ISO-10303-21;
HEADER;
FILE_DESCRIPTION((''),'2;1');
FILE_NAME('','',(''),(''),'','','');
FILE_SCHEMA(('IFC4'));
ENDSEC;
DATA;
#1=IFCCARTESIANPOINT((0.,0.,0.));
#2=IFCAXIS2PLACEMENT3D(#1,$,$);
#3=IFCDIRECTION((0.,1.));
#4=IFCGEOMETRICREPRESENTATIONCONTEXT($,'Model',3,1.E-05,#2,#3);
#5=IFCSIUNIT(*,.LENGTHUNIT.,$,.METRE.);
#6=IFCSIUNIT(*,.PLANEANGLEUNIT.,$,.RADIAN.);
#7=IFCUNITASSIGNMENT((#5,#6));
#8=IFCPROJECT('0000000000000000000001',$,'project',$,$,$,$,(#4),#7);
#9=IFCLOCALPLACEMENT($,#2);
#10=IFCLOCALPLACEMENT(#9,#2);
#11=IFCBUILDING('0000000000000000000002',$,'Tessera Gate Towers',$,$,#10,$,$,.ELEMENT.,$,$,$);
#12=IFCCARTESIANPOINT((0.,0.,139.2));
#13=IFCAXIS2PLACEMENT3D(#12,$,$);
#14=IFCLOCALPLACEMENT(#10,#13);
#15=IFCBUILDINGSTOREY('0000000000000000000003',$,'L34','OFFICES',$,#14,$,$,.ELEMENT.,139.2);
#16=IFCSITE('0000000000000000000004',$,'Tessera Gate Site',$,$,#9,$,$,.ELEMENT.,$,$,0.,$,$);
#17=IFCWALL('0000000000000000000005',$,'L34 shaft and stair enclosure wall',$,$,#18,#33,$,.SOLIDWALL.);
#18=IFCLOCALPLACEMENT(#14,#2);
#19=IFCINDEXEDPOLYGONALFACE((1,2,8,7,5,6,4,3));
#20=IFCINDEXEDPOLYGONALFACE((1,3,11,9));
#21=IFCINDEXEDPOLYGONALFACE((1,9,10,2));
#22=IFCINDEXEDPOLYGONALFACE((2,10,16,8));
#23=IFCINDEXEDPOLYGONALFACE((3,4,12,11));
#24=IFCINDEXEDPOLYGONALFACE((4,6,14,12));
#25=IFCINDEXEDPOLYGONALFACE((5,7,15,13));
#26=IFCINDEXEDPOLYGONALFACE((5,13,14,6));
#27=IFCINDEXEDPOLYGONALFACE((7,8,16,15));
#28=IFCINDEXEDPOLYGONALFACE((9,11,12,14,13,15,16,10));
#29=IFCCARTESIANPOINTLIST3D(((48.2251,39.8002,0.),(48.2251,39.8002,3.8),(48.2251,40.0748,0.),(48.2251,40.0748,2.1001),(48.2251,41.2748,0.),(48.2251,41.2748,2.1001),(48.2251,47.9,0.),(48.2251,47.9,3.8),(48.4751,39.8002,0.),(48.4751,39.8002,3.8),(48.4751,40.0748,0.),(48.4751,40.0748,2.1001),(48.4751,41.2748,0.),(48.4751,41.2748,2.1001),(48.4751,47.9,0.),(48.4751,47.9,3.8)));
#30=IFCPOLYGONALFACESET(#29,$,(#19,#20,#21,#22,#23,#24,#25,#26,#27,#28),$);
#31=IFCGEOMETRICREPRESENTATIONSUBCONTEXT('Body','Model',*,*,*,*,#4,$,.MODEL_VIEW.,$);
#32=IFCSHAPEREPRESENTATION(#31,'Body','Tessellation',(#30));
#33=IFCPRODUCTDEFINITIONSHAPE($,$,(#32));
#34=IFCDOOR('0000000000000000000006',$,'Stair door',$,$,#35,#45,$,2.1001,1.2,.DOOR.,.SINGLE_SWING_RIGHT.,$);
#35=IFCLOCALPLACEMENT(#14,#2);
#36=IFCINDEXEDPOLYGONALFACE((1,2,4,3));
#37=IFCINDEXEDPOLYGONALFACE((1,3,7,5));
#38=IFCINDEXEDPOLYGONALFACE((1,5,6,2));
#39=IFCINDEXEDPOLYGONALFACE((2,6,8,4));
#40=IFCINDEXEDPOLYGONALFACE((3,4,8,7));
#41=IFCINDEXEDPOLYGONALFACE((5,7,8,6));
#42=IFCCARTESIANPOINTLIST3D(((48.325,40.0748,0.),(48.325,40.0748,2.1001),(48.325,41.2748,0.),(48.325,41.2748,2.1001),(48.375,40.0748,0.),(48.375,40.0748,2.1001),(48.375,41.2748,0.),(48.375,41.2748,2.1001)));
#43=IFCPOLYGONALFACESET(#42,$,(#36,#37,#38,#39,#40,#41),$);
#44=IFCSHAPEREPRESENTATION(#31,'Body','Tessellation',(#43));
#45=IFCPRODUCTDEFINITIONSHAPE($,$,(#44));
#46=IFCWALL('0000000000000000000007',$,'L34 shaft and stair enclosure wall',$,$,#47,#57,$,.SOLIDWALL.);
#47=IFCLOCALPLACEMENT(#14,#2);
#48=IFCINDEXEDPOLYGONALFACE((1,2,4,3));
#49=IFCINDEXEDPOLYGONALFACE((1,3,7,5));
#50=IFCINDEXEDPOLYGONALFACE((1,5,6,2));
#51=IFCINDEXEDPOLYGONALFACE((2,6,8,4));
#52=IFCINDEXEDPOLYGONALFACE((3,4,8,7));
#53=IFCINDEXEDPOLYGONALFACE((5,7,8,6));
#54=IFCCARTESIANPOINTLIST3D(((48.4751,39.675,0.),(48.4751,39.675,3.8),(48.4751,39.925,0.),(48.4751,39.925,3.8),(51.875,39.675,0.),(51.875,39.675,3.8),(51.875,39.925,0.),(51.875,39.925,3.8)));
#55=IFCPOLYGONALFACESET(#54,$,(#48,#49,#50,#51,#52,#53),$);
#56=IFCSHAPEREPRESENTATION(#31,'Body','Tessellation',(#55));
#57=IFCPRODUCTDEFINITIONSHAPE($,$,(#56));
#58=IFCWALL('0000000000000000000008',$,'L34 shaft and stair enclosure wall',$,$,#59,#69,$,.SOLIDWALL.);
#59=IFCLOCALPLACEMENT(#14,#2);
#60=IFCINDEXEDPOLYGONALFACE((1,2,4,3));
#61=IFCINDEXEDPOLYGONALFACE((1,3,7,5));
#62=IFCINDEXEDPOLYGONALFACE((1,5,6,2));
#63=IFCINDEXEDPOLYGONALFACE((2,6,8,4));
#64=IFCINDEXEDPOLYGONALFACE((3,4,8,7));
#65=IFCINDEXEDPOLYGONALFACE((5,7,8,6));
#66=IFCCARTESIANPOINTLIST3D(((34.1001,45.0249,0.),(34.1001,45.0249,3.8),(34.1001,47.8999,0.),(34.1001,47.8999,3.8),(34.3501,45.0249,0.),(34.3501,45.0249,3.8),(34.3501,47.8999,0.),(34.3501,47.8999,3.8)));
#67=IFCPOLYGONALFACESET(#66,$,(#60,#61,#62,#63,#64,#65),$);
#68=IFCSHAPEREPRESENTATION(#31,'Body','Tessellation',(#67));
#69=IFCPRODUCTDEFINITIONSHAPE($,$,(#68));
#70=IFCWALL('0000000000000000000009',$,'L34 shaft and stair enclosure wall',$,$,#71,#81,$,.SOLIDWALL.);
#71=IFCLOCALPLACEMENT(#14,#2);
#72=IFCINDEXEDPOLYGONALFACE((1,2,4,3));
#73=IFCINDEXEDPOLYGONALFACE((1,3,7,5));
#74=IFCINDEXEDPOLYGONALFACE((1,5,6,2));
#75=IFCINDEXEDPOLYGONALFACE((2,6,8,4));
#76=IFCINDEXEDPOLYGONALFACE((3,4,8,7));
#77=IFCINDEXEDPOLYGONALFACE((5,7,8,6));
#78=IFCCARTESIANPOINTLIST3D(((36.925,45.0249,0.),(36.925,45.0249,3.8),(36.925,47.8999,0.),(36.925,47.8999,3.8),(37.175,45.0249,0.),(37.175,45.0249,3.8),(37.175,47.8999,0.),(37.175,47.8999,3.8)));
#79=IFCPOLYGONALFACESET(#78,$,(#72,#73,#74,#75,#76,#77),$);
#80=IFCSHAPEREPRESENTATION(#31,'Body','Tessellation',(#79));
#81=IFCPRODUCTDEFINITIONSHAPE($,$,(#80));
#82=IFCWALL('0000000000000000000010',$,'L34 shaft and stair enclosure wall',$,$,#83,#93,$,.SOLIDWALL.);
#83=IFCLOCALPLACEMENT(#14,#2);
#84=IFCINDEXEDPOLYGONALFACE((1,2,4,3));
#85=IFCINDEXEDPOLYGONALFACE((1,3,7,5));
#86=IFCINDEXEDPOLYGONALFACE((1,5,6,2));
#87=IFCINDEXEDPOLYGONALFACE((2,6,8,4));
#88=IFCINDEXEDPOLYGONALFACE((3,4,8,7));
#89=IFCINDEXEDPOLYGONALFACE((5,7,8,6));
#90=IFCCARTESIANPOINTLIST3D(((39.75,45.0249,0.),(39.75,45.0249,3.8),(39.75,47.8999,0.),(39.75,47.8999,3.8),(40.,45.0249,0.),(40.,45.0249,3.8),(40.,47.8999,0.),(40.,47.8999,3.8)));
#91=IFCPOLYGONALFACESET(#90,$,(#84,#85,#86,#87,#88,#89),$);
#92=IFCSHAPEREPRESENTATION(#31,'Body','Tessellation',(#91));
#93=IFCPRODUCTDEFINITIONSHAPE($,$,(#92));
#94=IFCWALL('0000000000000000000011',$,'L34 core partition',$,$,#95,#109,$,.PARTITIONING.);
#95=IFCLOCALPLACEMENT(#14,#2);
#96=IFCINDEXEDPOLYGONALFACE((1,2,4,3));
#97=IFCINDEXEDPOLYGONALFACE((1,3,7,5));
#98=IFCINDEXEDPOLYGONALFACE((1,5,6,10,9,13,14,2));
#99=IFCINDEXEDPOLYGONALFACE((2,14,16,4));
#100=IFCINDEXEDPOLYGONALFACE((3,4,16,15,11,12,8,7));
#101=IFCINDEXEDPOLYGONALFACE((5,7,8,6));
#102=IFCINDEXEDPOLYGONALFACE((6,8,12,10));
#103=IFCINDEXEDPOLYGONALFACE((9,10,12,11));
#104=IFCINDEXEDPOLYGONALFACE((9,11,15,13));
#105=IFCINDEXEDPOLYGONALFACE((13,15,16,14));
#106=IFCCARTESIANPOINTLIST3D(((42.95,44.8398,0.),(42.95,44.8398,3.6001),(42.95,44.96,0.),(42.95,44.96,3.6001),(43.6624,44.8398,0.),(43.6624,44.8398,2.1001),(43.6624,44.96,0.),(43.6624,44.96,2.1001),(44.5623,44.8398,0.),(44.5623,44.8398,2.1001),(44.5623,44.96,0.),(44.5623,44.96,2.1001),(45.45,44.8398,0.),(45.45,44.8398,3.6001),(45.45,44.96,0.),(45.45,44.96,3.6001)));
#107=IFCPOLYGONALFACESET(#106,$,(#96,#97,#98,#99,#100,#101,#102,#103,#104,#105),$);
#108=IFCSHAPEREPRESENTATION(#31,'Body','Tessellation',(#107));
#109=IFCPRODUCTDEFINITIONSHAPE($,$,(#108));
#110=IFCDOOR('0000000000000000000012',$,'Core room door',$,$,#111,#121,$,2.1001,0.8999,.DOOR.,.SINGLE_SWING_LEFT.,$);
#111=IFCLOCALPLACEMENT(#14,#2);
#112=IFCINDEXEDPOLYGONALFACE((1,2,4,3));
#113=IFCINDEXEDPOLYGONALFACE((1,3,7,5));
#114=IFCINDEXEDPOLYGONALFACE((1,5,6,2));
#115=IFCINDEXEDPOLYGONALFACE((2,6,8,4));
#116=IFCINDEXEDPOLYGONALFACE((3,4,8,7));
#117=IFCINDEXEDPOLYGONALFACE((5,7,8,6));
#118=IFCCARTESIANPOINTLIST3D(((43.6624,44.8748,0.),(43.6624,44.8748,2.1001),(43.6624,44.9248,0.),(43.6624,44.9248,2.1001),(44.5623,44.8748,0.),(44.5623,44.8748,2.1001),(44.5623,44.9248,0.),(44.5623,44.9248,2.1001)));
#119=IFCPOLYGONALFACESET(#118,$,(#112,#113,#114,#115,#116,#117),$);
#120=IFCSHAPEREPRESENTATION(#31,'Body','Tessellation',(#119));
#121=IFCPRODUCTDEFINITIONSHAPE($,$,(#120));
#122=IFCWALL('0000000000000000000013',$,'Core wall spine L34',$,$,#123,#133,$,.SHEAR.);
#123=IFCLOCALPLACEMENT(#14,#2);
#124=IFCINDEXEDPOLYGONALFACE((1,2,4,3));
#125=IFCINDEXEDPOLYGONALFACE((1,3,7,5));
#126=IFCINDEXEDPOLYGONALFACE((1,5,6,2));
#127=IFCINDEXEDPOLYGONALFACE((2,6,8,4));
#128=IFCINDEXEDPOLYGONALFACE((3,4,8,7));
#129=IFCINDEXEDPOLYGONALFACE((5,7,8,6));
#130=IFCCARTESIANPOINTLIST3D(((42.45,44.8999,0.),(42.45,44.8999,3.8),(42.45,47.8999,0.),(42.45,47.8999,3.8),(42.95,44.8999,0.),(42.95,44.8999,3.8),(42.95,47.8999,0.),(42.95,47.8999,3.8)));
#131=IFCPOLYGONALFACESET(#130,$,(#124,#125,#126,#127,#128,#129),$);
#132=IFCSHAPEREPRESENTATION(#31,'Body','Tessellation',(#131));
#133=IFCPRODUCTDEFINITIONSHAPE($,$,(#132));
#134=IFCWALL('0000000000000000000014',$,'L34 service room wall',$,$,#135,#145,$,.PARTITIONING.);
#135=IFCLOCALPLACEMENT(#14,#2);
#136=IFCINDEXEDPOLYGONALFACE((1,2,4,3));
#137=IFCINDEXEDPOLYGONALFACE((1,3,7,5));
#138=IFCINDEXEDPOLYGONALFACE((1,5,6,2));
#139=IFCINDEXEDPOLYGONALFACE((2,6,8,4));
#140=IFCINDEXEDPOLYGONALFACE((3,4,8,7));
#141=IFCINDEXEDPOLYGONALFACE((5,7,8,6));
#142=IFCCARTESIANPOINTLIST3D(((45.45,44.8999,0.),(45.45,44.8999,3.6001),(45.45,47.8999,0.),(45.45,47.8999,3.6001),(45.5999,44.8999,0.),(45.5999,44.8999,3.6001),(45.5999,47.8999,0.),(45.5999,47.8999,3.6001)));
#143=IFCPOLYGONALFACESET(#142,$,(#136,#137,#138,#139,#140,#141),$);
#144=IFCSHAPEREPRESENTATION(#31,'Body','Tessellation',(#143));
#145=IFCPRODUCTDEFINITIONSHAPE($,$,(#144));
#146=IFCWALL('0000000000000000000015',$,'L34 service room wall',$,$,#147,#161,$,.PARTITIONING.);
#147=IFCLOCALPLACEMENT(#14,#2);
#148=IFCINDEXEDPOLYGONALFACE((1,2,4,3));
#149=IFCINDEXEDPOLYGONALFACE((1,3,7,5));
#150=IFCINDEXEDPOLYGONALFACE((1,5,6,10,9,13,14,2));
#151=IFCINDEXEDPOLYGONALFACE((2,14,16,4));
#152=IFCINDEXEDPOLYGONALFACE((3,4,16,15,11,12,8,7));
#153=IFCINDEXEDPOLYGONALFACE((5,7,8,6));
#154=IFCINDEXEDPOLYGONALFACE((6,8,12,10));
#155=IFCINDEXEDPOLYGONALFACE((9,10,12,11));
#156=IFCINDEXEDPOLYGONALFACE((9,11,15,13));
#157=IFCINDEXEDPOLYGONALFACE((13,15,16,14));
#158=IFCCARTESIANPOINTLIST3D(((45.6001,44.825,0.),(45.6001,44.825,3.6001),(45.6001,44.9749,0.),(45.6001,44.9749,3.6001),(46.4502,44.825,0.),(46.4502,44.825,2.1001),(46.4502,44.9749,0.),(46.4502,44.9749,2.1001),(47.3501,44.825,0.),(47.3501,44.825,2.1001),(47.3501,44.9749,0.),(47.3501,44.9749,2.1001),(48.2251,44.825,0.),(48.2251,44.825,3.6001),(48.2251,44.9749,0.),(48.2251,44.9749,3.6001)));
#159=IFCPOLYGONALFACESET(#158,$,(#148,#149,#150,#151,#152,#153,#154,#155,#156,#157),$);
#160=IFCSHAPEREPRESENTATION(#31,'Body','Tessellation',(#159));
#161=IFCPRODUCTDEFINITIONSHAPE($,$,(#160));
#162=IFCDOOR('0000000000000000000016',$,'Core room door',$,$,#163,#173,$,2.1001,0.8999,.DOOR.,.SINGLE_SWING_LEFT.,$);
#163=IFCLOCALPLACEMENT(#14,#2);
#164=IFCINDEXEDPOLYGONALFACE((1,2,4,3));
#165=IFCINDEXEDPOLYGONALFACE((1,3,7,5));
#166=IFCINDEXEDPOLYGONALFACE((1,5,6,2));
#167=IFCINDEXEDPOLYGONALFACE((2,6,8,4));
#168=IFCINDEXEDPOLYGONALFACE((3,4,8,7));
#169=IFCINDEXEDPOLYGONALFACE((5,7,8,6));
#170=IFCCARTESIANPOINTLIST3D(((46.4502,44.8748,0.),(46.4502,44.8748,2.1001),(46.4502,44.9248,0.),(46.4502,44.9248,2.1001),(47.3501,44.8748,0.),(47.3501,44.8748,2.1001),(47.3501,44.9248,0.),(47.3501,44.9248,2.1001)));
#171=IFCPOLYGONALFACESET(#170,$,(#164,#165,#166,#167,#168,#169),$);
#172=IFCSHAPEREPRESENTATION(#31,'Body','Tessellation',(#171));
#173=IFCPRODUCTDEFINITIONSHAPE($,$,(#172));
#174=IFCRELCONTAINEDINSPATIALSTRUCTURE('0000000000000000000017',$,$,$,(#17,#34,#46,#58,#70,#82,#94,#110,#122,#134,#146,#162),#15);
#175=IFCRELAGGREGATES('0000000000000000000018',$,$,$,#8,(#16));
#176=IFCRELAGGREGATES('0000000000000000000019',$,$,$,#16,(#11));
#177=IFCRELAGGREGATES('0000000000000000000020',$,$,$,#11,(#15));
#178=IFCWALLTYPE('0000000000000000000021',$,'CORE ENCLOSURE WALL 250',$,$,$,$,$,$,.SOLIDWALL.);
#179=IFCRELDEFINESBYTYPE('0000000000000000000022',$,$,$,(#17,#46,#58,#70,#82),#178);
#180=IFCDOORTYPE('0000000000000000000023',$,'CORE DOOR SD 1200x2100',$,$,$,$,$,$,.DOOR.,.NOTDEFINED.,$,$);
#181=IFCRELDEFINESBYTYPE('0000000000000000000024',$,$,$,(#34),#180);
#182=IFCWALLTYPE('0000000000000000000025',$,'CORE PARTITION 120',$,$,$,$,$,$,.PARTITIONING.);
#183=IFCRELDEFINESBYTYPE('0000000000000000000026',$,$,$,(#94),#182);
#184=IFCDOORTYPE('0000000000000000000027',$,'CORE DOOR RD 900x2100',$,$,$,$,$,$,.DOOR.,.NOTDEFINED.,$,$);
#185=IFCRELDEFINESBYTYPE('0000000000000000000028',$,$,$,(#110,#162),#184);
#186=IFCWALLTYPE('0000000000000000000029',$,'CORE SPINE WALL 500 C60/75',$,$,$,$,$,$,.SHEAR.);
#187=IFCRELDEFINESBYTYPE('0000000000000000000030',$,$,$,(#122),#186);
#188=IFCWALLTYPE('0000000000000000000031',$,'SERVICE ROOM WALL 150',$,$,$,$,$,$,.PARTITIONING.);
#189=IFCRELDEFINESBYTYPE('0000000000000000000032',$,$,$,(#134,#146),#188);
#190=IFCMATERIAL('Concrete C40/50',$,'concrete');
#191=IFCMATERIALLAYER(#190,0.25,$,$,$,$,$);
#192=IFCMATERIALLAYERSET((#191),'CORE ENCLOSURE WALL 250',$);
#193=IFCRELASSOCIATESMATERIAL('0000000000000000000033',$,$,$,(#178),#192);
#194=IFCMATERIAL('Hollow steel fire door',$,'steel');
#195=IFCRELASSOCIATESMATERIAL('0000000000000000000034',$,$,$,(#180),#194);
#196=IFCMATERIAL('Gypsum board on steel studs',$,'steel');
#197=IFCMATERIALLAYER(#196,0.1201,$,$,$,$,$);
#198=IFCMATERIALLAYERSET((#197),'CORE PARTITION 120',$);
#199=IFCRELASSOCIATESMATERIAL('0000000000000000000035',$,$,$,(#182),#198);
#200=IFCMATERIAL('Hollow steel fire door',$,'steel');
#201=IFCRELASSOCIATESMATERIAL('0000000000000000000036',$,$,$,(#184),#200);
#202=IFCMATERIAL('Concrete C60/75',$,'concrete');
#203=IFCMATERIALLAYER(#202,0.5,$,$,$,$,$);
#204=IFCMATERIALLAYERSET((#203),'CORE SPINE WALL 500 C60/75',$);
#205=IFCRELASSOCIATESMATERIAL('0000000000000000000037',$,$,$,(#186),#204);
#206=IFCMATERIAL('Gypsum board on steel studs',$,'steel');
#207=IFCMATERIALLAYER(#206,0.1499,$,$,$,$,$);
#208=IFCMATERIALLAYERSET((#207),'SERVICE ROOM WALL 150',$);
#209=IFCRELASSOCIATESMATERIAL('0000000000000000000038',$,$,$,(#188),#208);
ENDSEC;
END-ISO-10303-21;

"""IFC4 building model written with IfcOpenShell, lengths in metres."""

from ifc_helpers import new_model, si_unit, direction, frame, frame_2d, origin, place, context, subcontext, project, spatial, rectangle, extrude, source, transform, mapped, material, layer, layer_set, type_object, element, fill, save


model = new_model("IFC4")

# Units and contexts
model_context = context("Model", 3, precision=1e-05, world=origin(), true_north=direction((0.0, 1.0)))
body_context = subcontext(model_context, "Body", "Model", "MODEL_VIEW")
ifc_project = project(units=[si_unit("LENGTHUNIT", "METRE"), si_unit("PLANEANGLEUNIT", "RADIAN")], contexts=[model_context])

# Site, building, storey
site_placement = place(None, origin())
site = spatial("IfcSite", under=ifc_project, at=site_placement, Name="Tessera Gate Site", CompositionType="ELEMENT", RefElevation=0.0)
building_placement = place(site_placement, origin())
building = spatial("IfcBuilding", under=site, at=building_placement, Name="Tessera Gate Towers", CompositionType="ELEMENT")
storey_placement = place(building_placement, frame((0.0, 0.0, 139.2)))
storey = spatial("IfcBuildingStorey", under=building, at=storey_placement, Name="L34", Description="OFFICES", CompositionType="ELEMENT", Elevation=139.2)

# Shared definitions
ifc_material_1 = material(Name="Concrete C40/50", Category="concrete")
ifc_layer_1 = layer(ifc_material_1, 0.25)
ifc_layer_set_1 = layer_set([ifc_layer_1], Name="CORE ENCLOSURE WALL 250")
wall_type_1 = type_object("IfcWallType", Name="CORE ENCLOSURE WALL 250", PredefinedType="SOLIDWALL", material=ifc_layer_set_1)

# Wall, opening, door
wall_1_placement = place(storey_placement, frame((48.3501, 47.8999, 0.0), z_axis=(0.0, 0.0, 1.0), x_axis=(0.0, -1.0, 0.0)))
wall_1 = element("IfcWall", 1, at=wall_1_placement, inside=storey, type_object=wall_type_1, Name="L34 shaft and stair enclosure wall", PredefinedType="SOLIDWALL", context=body_context, shape_type="SweptSolid", body=[
    extrude(rectangle(XDim=8.0999, YDim=0.25, at=frame_2d((4.0498, 0.0))), origin(), (0.0, 0.0, 1.0), 3.8),
])
shared_shape_1 = source(origin(), body_context, "Body", "SweptSolid", [
    extrude(rectangle(XDim=1.2, YDim=2.1001, at=frame_2d((0.6001, 1.05))), frame((0.0, 0.135, 0.0), z_axis=(0.0, -1.0, 0.0), x_axis=(1.0, 0.0, 0.0)), (0.0, 0.0, 1.0), 0.27),
])
opening_1_placement = place(wall_1_placement, frame((6.625, 0.0, 0.0)))
opening_1 = element("IfcOpeningElement", 2, at=opening_1_placement, cuts=wall_1, PredefinedType="OPENING", context=body_context, shape_type="MappedRepresentation", body=[
    mapped(shared_shape_1, transform((0.0, 0.0, 0.0), scale=1.0)),
])
ifc_material_2 = material(Name="Hollow steel fire door", Category="steel")
door_type_1 = type_object("IfcDoorType", Name="CORE DOOR SD 1200x2100", OperationType="NOTDEFINED", PredefinedType="DOOR", material=ifc_material_2)
shared_shape_2 = source(origin(), body_context, "Body", "SweptSolid", [
    extrude(rectangle(XDim=1.2, YDim=2.1001, at=frame_2d((0.6001, 1.05))), frame((0.0, 0.0249, 0.0), z_axis=(0.0, -1.0, 0.0), x_axis=(1.0, 0.0, 0.0)), (0.0, 0.0, 1.0), 0.05),
])
door_1_placement = place(opening_1_placement, origin())
door_1 = element("IfcDoor", 3, at=door_1_placement, inside=storey, type_object=door_type_1, Name="Stair door", OperationType="SINGLE_SWING_RIGHT", OverallHeight=2.1001, OverallWidth=1.2, PredefinedType="DOOR", context=body_context, shape_type="MappedRepresentation", body=[
    mapped(shared_shape_2, transform((0.0, 0.0, 0.0), scale=1.0)),
])
fill(opening_1, door_1)

# Walls
wall_2_placement = place(storey_placement, frame((48.4751, 39.8, 0.0), z_axis=(0.0, 0.0, 1.0), x_axis=(1.0, 0.0, 0.0)))
element("IfcWall", 4, at=wall_2_placement, inside=storey, type_object=wall_type_1, Name="L34 shaft and stair enclosure wall", PredefinedType="SOLIDWALL", context=body_context, shape_type="SweptSolid", body=[
    extrude(rectangle(XDim=3.3999, YDim=0.25, at=frame_2d((1.7, 0.0))), origin(), (0.0, 0.0, 1.0), 3.8),
])
for number, where, z_axis, x_axis, name in (
    (5, (34.2251, 45.0249, 0.0), (0.0, 0.0, 1.0), (0.0, 1.0, 0.0), "L34 shaft and stair enclosure wall"),
    (6, (37.05, 45.0249, 0.0), (0.0, 0.0, 1.0), (0.0, 1.0, 0.0), "L34 shaft and stair enclosure wall"),
    (7, (39.875, 45.0249, 0.0), (0.0, 0.0, 1.0), (0.0, 1.0, 0.0), "L34 shaft and stair enclosure wall"),
):
    element("IfcWall", number, at=place(storey_placement, frame(where, z_axis=z_axis, x_axis=x_axis)), inside=storey, type_object=wall_type_1, Name=name, PredefinedType="SOLIDWALL", context=body_context, shape_type="SweptSolid", body=[
        extrude(rectangle(XDim=2.875, YDim=0.25, at=frame_2d((1.4375, 0.0))), origin(), (0.0, 0.0, 1.0), 3.8),
    ])

# Wall, opening, door
ifc_material_3 = material(Name="Gypsum board on steel studs", Category="steel")
ifc_layer_2 = layer(ifc_material_3, 0.1201)
ifc_layer_set_2 = layer_set([ifc_layer_2], Name="CORE PARTITION 120")
wall_type_2 = type_object("IfcWallType", Name="CORE PARTITION 120", PredefinedType="PARTITIONING", material=ifc_layer_set_2)
wall_3_placement = place(storey_placement, frame((42.95, 44.8999, 0.0), z_axis=(0.0, 0.0, 1.0), x_axis=(1.0, 0.0, 0.0)))
wall_3 = element("IfcWall", 8, at=wall_3_placement, inside=storey, type_object=wall_type_2, Name="L34 core partition", PredefinedType="PARTITIONING", context=body_context, shape_type="SweptSolid", body=[
    extrude(rectangle(XDim=2.5, YDim=0.1201, at=frame_2d((1.25, 0.0))), origin(), (0.0, 0.0, 1.0), 3.6001),
])
shared_shape_3 = source(origin(), body_context, "Body", "SweptSolid", [
    extrude(rectangle(XDim=0.8999, YDim=2.1001, at=frame_2d((0.45, 1.05))), frame((0.0, 0.0701, 0.0), z_axis=(0.0, -1.0, 0.0), x_axis=(1.0, 0.0, 0.0)), (0.0, 0.0, 1.0), 0.1401),
])
opening_2_placement = place(wall_3_placement, frame((0.7124, 0.0, 0.0)))
opening_2 = element("IfcOpeningElement", 9, at=opening_2_placement, cuts=wall_3, PredefinedType="OPENING", context=body_context, shape_type="MappedRepresentation", body=[
    mapped(shared_shape_3, transform((0.0, 0.0, 0.0), scale=1.0)),
])
ifc_material_4 = material(Name="Hollow steel fire door", Category="steel")
door_type_2 = type_object("IfcDoorType", Name="CORE DOOR RD 900x2100", OperationType="NOTDEFINED", PredefinedType="DOOR", material=ifc_material_4)
shared_shape_4 = source(origin(), body_context, "Body", "SweptSolid", [
    extrude(rectangle(XDim=0.8999, YDim=2.1001, at=frame_2d((0.45, 1.05))), frame((0.0, 0.0249, 0.0), z_axis=(0.0, -1.0, 0.0), x_axis=(1.0, 0.0, 0.0)), (0.0, 0.0, 1.0), 0.05),
])
door_2_placement = place(opening_2_placement, origin())
door_2 = element("IfcDoor", 10, at=door_2_placement, inside=storey, type_object=door_type_2, Name="Core room door", OperationType="SINGLE_SWING_LEFT", OverallHeight=2.1001, OverallWidth=0.8999, PredefinedType="DOOR", context=body_context, shape_type="MappedRepresentation", body=[
    mapped(shared_shape_4, transform((0.0, 0.0, 0.0), scale=1.0)),
])
fill(opening_2, door_2)

# Walls
ifc_material_5 = material(Name="Concrete C60/75", Category="concrete")
ifc_layer_3 = layer(ifc_material_5, 0.5)
ifc_layer_set_3 = layer_set([ifc_layer_3], Name="CORE SPINE WALL 500 C60/75")
wall_type_3 = type_object("IfcWallType", Name="CORE SPINE WALL 500 C60/75", PredefinedType="SHEAR", material=ifc_layer_set_3)
wall_4_placement = place(storey_placement, frame((42.7, 44.8999, 0.0), z_axis=(0.0, 0.0, 1.0), x_axis=(0.0, 1.0, 0.0)))
element("IfcWall", 11, at=wall_4_placement, inside=storey, type_object=wall_type_3, Name="Core wall spine L34", PredefinedType="SHEAR", context=body_context, shape_type="SweptSolid", body=[
    extrude(rectangle(XDim=3.0, YDim=0.5, at=frame_2d((1.5, 0.0))), origin(), (0.0, 0.0, 1.0), 3.8),
])
ifc_material_6 = material(Name="Gypsum board on steel studs", Category="steel")
ifc_layer_4 = layer(ifc_material_6, 0.1499)
ifc_layer_set_4 = layer_set([ifc_layer_4], Name="SERVICE ROOM WALL 150")
wall_type_4 = type_object("IfcWallType", Name="SERVICE ROOM WALL 150", PredefinedType="PARTITIONING", material=ifc_layer_set_4)
wall_5_placement = place(storey_placement, frame((45.5249, 44.8999, 0.0), z_axis=(0.0, 0.0, 1.0), x_axis=(0.0, 1.0, 0.0)))
element("IfcWall", 12, at=wall_5_placement, inside=storey, type_object=wall_type_4, Name="L34 service room wall", PredefinedType="PARTITIONING", context=body_context, shape_type="SweptSolid", body=[
    extrude(rectangle(XDim=3.0, YDim=0.1499, at=frame_2d((1.5, 0.0))), origin(), (0.0, 0.0, 1.0), 3.6001),
])

# Wall, opening, door
wall_6_placement = place(storey_placement, frame((45.6001, 44.8999, 0.0), z_axis=(0.0, 0.0, 1.0), x_axis=(1.0, 0.0, 0.0)))
wall_6 = element("IfcWall", 13, at=wall_6_placement, inside=storey, type_object=wall_type_4, Name="L34 service room wall", PredefinedType="PARTITIONING", context=body_context, shape_type="SweptSolid", body=[
    extrude(rectangle(XDim=2.625, YDim=0.1499, at=frame_2d((1.3125, 0.0))), origin(), (0.0, 0.0, 1.0), 3.6001),
])
shared_shape_5 = source(origin(), body_context, "Body", "SweptSolid", [
    extrude(rectangle(XDim=0.8999, YDim=2.1001, at=frame_2d((0.45, 1.05))), frame((0.0, 0.085, 0.0), z_axis=(0.0, -1.0, 0.0), x_axis=(1.0, 0.0, 0.0)), (0.0, 0.0, 1.0), 0.1699),
])
opening_3_placement = place(wall_6_placement, frame((0.8501, 0.0, 0.0)))
opening_3 = element("IfcOpeningElement", 14, at=opening_3_placement, cuts=wall_6, PredefinedType="OPENING", context=body_context, shape_type="MappedRepresentation", body=[
    mapped(shared_shape_5, transform((0.0, 0.0, 0.0), scale=1.0)),
])
door_3_placement = place(opening_3_placement, origin())
door_3 = element("IfcDoor", 15, at=door_3_placement, inside=storey, type_object=door_type_2, Name="Core room door", OperationType="SINGLE_SWING_LEFT", OverallHeight=2.1001, OverallWidth=0.8999, PredefinedType="DOOR", context=body_context, shape_type="MappedRepresentation", body=[
    mapped(shared_shape_4, transform((0.0, 0.0, 0.0), scale=1.0)),
])
fill(opening_3, door_3)

save(model, "model.ifc")
